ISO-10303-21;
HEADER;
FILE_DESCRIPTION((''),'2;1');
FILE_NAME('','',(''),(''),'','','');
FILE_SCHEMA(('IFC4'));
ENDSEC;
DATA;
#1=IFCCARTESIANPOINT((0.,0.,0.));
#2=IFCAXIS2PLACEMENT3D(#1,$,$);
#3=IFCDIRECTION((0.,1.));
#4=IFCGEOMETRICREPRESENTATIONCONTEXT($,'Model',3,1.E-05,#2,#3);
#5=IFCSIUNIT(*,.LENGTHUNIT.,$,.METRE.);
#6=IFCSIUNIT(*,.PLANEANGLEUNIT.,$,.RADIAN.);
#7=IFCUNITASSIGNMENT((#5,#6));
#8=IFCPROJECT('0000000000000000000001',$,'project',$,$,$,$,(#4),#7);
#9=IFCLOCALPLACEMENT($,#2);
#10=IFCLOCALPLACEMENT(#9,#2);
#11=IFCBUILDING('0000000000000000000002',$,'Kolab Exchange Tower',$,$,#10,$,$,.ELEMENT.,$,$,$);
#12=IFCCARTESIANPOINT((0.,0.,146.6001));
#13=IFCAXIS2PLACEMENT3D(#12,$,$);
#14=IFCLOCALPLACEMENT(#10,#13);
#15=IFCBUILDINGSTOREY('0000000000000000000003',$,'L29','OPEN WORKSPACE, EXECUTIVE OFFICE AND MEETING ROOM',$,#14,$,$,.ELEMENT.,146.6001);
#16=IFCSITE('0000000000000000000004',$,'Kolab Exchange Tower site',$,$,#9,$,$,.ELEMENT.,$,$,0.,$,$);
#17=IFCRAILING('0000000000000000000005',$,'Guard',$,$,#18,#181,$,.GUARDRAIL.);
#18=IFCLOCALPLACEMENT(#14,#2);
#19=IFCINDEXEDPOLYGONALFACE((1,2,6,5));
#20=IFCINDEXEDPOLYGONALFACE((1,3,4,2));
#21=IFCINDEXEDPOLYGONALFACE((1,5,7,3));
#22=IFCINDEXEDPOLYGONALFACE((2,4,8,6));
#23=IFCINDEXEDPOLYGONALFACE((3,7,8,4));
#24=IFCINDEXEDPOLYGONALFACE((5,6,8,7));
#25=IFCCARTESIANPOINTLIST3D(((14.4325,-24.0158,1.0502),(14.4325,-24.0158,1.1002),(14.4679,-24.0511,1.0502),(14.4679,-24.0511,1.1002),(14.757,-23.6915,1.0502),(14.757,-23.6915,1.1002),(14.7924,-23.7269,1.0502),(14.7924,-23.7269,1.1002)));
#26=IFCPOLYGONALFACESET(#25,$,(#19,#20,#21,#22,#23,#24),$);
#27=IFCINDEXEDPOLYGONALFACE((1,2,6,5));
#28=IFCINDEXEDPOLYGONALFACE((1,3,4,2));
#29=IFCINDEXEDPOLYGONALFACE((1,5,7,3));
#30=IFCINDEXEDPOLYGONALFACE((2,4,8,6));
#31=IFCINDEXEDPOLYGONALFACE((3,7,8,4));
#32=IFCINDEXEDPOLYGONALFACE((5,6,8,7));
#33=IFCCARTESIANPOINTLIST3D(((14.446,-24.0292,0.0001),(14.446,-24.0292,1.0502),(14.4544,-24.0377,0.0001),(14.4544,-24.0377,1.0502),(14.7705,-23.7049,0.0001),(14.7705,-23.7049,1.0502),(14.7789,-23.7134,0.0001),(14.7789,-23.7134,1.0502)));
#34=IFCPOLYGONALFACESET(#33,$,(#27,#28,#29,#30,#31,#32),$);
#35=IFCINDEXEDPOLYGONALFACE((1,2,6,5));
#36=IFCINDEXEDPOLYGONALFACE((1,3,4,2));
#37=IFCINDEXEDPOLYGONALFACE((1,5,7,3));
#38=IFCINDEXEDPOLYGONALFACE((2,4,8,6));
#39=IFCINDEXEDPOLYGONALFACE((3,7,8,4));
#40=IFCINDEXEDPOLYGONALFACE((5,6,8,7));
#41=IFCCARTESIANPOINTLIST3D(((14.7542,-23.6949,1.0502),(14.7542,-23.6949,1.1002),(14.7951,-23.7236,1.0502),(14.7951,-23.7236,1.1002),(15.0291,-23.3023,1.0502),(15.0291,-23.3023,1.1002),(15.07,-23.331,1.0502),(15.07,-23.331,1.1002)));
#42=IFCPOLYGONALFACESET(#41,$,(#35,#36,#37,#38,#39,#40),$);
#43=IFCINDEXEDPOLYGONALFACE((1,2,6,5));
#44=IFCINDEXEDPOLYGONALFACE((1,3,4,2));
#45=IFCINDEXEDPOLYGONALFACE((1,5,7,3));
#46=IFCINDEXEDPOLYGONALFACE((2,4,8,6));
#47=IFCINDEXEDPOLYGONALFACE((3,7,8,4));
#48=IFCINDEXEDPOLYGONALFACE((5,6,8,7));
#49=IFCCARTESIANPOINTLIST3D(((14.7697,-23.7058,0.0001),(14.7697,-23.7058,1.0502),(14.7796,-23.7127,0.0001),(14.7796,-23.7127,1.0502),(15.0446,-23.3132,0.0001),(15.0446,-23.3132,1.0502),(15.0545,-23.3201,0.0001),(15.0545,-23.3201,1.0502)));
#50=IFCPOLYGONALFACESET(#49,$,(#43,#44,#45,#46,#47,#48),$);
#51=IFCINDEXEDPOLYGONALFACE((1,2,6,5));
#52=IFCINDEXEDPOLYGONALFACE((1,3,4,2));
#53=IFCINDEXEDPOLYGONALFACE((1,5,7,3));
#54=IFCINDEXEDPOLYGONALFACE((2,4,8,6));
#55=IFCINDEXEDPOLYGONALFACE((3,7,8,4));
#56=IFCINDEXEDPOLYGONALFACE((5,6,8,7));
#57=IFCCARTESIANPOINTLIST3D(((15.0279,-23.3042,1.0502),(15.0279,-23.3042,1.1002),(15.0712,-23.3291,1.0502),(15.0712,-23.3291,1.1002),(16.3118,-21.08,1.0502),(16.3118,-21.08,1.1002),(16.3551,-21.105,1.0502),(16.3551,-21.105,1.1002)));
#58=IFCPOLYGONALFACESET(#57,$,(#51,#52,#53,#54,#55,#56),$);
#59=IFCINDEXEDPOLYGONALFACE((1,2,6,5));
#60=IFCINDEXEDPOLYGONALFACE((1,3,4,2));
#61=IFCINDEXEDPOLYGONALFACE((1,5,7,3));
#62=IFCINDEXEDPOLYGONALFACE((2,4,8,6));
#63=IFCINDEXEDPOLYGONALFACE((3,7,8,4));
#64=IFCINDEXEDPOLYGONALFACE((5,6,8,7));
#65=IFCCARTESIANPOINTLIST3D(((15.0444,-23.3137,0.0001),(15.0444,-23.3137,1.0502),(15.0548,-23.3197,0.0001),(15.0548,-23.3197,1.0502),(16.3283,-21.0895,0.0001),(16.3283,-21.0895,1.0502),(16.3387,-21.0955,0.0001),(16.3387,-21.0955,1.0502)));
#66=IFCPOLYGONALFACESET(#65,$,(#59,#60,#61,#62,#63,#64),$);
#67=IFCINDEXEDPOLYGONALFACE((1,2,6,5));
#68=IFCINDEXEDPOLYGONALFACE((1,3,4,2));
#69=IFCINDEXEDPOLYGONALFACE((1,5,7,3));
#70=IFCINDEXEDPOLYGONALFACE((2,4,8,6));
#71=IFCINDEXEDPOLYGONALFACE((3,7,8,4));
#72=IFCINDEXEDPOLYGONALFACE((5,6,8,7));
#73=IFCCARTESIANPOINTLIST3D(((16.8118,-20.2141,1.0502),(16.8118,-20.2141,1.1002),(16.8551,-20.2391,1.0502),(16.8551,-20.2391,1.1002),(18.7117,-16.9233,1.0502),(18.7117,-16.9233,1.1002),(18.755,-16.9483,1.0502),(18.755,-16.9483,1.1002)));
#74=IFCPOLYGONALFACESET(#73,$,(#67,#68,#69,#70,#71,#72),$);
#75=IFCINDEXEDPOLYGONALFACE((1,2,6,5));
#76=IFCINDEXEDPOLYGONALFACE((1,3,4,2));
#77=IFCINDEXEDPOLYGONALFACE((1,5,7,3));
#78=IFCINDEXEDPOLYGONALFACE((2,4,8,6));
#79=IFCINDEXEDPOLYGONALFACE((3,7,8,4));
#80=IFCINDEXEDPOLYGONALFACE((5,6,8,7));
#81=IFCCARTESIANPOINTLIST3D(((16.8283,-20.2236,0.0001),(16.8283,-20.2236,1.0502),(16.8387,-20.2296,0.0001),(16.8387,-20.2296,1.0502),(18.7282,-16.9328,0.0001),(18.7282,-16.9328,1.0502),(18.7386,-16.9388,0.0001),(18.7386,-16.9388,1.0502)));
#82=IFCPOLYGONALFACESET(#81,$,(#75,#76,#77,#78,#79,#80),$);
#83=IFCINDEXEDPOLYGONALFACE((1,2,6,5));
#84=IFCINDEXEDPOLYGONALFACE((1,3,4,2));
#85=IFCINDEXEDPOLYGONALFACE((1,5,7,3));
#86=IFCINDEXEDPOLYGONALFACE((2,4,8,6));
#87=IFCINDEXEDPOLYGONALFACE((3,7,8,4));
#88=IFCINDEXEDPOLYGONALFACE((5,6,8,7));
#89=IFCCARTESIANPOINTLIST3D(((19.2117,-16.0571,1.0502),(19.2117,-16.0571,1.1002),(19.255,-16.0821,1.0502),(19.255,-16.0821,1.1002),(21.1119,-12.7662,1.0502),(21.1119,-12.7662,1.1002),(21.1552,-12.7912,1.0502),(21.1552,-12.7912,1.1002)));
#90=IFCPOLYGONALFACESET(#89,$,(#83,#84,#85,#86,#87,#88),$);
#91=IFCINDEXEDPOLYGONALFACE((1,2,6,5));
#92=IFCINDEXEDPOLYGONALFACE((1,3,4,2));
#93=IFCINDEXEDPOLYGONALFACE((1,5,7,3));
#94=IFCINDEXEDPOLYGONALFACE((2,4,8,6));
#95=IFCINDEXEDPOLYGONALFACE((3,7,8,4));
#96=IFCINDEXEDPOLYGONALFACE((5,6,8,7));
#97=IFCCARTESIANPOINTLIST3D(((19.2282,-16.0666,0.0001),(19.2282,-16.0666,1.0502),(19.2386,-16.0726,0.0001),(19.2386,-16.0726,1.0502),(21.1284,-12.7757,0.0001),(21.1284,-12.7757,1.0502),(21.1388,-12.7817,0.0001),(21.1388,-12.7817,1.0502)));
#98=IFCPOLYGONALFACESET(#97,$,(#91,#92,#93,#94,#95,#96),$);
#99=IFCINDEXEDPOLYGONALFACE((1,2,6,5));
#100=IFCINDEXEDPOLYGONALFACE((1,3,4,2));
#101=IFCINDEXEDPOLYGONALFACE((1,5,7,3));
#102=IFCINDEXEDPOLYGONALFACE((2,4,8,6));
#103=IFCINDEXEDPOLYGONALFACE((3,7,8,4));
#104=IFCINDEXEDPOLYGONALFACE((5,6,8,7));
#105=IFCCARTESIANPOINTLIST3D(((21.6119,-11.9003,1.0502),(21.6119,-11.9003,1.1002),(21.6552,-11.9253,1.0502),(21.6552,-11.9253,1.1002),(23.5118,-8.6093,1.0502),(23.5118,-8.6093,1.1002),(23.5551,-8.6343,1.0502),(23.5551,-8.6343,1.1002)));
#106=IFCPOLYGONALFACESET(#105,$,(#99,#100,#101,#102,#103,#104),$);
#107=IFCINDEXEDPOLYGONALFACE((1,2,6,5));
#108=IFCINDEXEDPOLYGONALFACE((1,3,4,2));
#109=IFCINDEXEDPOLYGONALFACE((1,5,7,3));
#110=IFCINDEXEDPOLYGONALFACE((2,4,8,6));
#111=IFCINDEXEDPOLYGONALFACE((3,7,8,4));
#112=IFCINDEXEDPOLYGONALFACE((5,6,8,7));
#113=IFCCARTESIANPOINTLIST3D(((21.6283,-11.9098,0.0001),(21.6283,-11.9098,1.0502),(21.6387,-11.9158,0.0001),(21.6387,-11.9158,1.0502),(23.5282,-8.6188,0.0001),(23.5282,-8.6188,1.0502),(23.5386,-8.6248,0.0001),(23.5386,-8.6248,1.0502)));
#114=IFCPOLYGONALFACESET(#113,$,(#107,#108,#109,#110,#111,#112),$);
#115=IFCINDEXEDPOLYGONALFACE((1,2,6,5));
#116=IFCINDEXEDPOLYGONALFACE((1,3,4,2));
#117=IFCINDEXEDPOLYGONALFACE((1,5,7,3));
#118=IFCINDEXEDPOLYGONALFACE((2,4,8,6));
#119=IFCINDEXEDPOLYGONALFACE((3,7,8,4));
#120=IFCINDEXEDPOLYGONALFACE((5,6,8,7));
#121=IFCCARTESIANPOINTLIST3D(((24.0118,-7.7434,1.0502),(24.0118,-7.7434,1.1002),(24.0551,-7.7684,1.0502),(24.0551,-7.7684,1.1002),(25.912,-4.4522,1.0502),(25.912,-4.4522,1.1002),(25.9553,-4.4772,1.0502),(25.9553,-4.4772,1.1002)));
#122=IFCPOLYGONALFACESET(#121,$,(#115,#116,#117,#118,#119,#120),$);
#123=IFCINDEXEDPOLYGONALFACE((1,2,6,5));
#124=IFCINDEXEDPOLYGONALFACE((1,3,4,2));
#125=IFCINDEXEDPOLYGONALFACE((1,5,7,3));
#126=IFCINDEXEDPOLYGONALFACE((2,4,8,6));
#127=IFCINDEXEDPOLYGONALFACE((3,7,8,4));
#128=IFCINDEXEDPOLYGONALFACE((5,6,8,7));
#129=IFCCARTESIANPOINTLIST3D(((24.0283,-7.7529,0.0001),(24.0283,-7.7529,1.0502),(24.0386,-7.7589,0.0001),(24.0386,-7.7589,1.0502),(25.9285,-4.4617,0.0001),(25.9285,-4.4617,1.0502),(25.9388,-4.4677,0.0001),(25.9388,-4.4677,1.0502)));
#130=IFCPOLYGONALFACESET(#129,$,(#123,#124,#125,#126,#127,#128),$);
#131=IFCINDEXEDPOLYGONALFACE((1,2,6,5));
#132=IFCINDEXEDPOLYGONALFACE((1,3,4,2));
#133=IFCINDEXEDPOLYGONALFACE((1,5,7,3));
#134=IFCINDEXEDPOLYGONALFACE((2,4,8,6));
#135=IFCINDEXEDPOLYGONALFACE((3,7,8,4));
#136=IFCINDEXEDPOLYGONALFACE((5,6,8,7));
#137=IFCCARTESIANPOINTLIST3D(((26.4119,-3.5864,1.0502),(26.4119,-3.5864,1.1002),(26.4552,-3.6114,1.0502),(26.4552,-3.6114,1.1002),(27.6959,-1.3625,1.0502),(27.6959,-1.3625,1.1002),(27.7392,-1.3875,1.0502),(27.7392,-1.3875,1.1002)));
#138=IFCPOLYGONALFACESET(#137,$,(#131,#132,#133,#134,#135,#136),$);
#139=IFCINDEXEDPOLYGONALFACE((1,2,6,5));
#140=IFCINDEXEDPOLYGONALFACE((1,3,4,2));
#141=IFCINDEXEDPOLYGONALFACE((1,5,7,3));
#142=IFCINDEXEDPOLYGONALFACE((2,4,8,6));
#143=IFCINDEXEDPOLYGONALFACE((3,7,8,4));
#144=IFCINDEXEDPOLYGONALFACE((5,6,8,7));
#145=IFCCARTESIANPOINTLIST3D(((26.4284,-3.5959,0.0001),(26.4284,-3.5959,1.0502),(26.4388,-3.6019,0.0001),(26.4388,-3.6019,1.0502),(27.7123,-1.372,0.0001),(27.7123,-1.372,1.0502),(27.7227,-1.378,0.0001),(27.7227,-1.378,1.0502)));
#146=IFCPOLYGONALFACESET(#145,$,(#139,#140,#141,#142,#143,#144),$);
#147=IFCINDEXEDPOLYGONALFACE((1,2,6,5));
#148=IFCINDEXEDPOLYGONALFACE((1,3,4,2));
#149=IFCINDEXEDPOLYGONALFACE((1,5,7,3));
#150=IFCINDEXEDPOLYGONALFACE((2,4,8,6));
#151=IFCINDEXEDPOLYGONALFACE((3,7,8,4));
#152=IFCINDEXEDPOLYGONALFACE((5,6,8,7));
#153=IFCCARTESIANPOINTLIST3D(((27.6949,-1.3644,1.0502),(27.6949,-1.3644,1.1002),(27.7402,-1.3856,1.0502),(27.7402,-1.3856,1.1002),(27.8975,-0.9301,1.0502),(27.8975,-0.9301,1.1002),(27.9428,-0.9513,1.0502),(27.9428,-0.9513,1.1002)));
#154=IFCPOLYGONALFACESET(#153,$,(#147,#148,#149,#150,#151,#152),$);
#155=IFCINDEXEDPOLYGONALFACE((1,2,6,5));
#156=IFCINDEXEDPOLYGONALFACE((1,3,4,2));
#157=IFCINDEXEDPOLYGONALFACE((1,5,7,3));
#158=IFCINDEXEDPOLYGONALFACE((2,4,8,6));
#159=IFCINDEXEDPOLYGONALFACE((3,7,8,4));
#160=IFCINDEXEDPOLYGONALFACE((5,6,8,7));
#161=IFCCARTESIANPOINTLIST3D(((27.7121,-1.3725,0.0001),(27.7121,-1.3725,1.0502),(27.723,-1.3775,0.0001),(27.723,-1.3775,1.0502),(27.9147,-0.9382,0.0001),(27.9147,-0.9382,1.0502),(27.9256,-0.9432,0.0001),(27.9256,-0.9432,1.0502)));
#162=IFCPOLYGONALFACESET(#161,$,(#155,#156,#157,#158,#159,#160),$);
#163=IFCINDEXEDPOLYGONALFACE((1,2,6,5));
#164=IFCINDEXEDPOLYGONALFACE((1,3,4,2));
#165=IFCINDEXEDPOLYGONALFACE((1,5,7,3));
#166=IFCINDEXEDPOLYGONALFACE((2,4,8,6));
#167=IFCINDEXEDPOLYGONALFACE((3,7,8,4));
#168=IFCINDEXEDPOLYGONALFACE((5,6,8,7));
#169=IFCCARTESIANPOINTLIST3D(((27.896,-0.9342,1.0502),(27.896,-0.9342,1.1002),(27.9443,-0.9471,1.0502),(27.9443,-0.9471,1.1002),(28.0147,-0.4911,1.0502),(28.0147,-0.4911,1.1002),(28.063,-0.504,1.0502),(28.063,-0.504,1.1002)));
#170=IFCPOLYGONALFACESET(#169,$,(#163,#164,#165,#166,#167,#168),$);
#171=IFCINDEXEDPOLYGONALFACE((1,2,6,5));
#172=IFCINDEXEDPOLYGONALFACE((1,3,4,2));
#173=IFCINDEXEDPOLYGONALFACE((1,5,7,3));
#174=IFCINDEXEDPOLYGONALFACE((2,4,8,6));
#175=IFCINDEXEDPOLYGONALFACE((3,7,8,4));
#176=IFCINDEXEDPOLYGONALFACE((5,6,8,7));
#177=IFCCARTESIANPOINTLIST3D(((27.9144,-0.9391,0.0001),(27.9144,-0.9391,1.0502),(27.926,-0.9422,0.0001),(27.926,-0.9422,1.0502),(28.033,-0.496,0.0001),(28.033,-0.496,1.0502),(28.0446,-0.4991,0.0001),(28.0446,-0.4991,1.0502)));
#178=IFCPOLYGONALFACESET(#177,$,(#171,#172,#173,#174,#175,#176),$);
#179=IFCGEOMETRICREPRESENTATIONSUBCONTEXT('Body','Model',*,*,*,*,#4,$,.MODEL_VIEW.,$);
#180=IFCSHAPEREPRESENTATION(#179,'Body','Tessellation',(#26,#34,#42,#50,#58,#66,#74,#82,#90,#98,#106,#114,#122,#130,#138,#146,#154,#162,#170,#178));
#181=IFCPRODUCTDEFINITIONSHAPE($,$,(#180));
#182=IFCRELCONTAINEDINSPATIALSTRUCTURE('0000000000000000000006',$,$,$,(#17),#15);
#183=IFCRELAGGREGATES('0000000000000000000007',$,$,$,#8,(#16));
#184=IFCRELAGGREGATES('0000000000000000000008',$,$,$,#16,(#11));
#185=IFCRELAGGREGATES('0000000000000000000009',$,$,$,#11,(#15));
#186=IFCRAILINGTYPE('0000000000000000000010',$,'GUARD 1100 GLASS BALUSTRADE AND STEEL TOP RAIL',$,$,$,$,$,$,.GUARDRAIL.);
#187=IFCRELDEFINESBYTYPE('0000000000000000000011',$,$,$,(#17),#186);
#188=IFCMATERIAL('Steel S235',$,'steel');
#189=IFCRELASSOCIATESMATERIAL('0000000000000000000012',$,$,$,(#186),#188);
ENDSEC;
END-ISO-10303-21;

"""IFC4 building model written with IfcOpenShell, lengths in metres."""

from ifc_helpers import new_model, si_unit, direction, frame, frame_2d, origin, origin_2d, place, context, subcontext, project, spatial, rectangle, extrude, material, type_object, element, save


model = new_model("IFC4")

# Units and contexts
model_context = context("Model", 3, precision=1e-05, world=origin(), true_north=direction((0.0, 1.0)))
body_context = subcontext(model_context, "Body", "Model", "MODEL_VIEW")
ifc_project = project(units=[si_unit("LENGTHUNIT", "METRE"), si_unit("PLANEANGLEUNIT", "RADIAN")], contexts=[model_context])

# Site, building, storey
site_placement = place(None, origin())
site = spatial("IfcSite", under=ifc_project, at=site_placement, Name="Kolab Exchange Tower site", CompositionType="ELEMENT", RefElevation=0.0)
building_placement = place(site_placement, origin())
building = spatial("IfcBuilding", under=site, at=building_placement, Name="Kolab Exchange Tower", CompositionType="ELEMENT")
storey_placement = place(building_placement, frame((0.0, 0.0, 146.6001)))
storey = spatial("IfcBuildingStorey", under=building, at=storey_placement, Name="L29", Description="OPEN WORKSPACE, EXECUTIVE OFFICE AND MEETING ROOM", CompositionType="ELEMENT", Elevation=146.6001)

# Railing
ifc_material_1 = material(Name="Steel S235", Category="steel")
railing_type = type_object("IfcRailingType", Name="GUARD 1100 GLASS BALUSTRADE AND STEEL TOP RAIL", PredefinedType="GUARDRAIL", material=ifc_material_1)
railing_placement = place(storey_placement, frame((14.4502, -24.0334, 0.0)))
element("IfcRailing", 1, at=railing_placement, inside=storey, type_object=railing_type, Name="Guard", PredefinedType="GUARDRAIL", context=body_context, shape_type="SweptSolid", body=[
    extrude(rectangle(XDim=0.05, YDim=0.05, at=origin_2d()), frame((0.0, 0.0, 1.0752), z_axis=(0.707373, 0.706841, 0.0), x_axis=(-0.706841, 0.707373, 0.0)), (0.0, 0.0, 1.0), 0.4587),
    extrude(rectangle(XDim=0.012, YDim=1.0501, at=frame_2d((0.0, 0.5251))), frame((0.0, 0.0, 0.0), z_axis=(0.707373, 0.706841, 0.0), x_axis=(-0.706841, 0.707373, 0.0)), (0.0, 0.0, 1.0), 0.4587),
    extrude(rectangle(XDim=0.05, YDim=0.05, at=origin_2d()), frame((0.3245, 0.3242, 1.0752), z_axis=(0.573599, 0.819136, 0.0), x_axis=(-0.819136, 0.573599, 0.0)), (0.0, 0.0, 1.0), 0.4792),
    extrude(rectangle(XDim=0.012, YDim=1.0501, at=frame_2d((0.0, 0.5251))), frame((0.3245, 0.3242, 0.0), z_axis=(0.573599, 0.819136, 0.0), x_axis=(-0.819136, 0.573599, 0.0)), (0.0, 0.0, 1.0), 0.4792),
    extrude(rectangle(XDim=0.05, YDim=0.05, at=origin_2d()), frame((0.5994, 0.7168, 1.0752), z_axis=(0.499953, 0.866053, 0.0), x_axis=(-0.866053, 0.499953, 0.0)), (0.0, 0.0, 1.0), 2.5681),
    extrude(rectangle(XDim=0.012, YDim=1.0501, at=frame_2d((0.0, 0.5251))), frame((0.5994, 0.7168, 0.0), z_axis=(0.499953, 0.866053, 0.0), x_axis=(-0.866053, 0.499953, 0.0)), (0.0, 0.0, 1.0), 2.5681),
    extrude(rectangle(XDim=0.05, YDim=0.05, at=origin_2d()), frame((2.3833, 3.8069, 1.0752), z_axis=(0.499995, 0.866028, 0.0), x_axis=(-0.866028, 0.499995, 0.0)), (0.0, 0.0, 1.0), 3.7998),
    extrude(rectangle(XDim=0.012, YDim=1.0501, at=frame_2d((0.0, 0.5251))), frame((2.3833, 3.8069, 0.0), z_axis=(0.499995, 0.866028, 0.0), x_axis=(-0.866028, 0.499995, 0.0)), (0.0, 0.0, 1.0), 3.7998),
    extrude(rectangle(XDim=0.05, YDim=0.05, at=origin_2d()), frame((4.7832, 7.9639, 1.0752), z_axis=(0.500043, 0.866, 0.0), x_axis=(-0.866, 0.500043, 0.0)), (0.0, 0.0, 1.0), 3.8),
    extrude(rectangle(XDim=0.012, YDim=1.0501, at=frame_2d((0.0, 0.5251))), frame((4.7832, 7.9639, 0.0), z_axis=(0.500043, 0.866, 0.0), x_axis=(-0.866, 0.500043, 0.0)), (0.0, 0.0, 1.0), 3.8),
    extrude(rectangle(XDim=0.05, YDim=0.05, at=origin_2d()), frame((7.1833, 12.1206, 1.0752), z_axis=(0.499967, 0.866044, 0.0), x_axis=(-0.866044, 0.499967, 0.0)), (0.0, 0.0, 1.0), 3.8),
    extrude(rectangle(XDim=0.012, YDim=1.0501, at=frame_2d((0.0, 0.5251))), frame((7.1833, 12.1206, 0.0), z_axis=(0.499967, 0.866044, 0.0), x_axis=(-0.866044, 0.499967, 0.0)), (0.0, 0.0, 1.0), 3.8),
    extrude(rectangle(XDim=0.05, YDim=0.05, at=origin_2d()), frame((9.5833, 16.2776, 1.0752), z_axis=(0.500015, 0.866017, 0.0), x_axis=(-0.866017, 0.500015, 0.0)), (0.0, 0.0, 1.0), 3.8003),
    extrude(rectangle(XDim=0.012, YDim=1.0501, at=frame_2d((0.0, 0.5251))), frame((9.5833, 16.2776, 0.0), z_axis=(0.500015, 0.866017, 0.0), x_axis=(-0.866017, 0.500015, 0.0)), (0.0, 0.0, 1.0), 3.8003),
    extrude(rectangle(XDim=0.05, YDim=0.05, at=origin_2d()), frame((11.9834, 20.4346, 1.0752), z_axis=(0.499994, 0.866029, 0.0), x_axis=(-0.866029, 0.499994, 0.0)), (0.0, 0.0, 1.0), 2.5679),
    extrude(rectangle(XDim=0.012, YDim=1.0501, at=frame_2d((0.0, 0.5251))), frame((11.9834, 20.4346, 0.0), z_axis=(0.499994, 0.866029, 0.0), x_axis=(-0.866029, 0.499994, 0.0)), (0.0, 0.0, 1.0), 2.5679),
    extrude(rectangle(XDim=0.05, YDim=0.05, at=origin_2d()), frame((13.2673, 22.6584, 1.0752), z_axis=(0.422802, 0.906222, 0.0), x_axis=(-0.906222, 0.422802, 0.0)), (0.0, 0.0, 1.0), 0.4792),
    extrude(rectangle(XDim=0.012, YDim=1.0501, at=frame_2d((0.0, 0.5251))), frame((13.2673, 22.6584, 0.0), z_axis=(0.422802, 0.906222, 0.0), x_axis=(-0.906222, 0.422802, 0.0)), (0.0, 0.0, 1.0), 0.4792),
    extrude(rectangle(XDim=0.05, YDim=0.05, at=origin_2d()), frame((13.47, 23.0928, 1.0752), z_axis=(0.258656, 0.965969, 0.0), x_axis=(-0.965969, 0.258656, 0.0)), (0.0, 0.0, 1.0), 0.4587),
    extrude(rectangle(XDim=0.012, YDim=1.0501, at=frame_2d((0.0, 0.5251))), frame((13.47, 23.0928, 0.0), z_axis=(0.258656, 0.965969, 0.0), x_axis=(-0.965969, 0.258656, 0.0)), (0.0, 0.0, 1.0), 0.4587),
])

save(model, "model.ifc")
